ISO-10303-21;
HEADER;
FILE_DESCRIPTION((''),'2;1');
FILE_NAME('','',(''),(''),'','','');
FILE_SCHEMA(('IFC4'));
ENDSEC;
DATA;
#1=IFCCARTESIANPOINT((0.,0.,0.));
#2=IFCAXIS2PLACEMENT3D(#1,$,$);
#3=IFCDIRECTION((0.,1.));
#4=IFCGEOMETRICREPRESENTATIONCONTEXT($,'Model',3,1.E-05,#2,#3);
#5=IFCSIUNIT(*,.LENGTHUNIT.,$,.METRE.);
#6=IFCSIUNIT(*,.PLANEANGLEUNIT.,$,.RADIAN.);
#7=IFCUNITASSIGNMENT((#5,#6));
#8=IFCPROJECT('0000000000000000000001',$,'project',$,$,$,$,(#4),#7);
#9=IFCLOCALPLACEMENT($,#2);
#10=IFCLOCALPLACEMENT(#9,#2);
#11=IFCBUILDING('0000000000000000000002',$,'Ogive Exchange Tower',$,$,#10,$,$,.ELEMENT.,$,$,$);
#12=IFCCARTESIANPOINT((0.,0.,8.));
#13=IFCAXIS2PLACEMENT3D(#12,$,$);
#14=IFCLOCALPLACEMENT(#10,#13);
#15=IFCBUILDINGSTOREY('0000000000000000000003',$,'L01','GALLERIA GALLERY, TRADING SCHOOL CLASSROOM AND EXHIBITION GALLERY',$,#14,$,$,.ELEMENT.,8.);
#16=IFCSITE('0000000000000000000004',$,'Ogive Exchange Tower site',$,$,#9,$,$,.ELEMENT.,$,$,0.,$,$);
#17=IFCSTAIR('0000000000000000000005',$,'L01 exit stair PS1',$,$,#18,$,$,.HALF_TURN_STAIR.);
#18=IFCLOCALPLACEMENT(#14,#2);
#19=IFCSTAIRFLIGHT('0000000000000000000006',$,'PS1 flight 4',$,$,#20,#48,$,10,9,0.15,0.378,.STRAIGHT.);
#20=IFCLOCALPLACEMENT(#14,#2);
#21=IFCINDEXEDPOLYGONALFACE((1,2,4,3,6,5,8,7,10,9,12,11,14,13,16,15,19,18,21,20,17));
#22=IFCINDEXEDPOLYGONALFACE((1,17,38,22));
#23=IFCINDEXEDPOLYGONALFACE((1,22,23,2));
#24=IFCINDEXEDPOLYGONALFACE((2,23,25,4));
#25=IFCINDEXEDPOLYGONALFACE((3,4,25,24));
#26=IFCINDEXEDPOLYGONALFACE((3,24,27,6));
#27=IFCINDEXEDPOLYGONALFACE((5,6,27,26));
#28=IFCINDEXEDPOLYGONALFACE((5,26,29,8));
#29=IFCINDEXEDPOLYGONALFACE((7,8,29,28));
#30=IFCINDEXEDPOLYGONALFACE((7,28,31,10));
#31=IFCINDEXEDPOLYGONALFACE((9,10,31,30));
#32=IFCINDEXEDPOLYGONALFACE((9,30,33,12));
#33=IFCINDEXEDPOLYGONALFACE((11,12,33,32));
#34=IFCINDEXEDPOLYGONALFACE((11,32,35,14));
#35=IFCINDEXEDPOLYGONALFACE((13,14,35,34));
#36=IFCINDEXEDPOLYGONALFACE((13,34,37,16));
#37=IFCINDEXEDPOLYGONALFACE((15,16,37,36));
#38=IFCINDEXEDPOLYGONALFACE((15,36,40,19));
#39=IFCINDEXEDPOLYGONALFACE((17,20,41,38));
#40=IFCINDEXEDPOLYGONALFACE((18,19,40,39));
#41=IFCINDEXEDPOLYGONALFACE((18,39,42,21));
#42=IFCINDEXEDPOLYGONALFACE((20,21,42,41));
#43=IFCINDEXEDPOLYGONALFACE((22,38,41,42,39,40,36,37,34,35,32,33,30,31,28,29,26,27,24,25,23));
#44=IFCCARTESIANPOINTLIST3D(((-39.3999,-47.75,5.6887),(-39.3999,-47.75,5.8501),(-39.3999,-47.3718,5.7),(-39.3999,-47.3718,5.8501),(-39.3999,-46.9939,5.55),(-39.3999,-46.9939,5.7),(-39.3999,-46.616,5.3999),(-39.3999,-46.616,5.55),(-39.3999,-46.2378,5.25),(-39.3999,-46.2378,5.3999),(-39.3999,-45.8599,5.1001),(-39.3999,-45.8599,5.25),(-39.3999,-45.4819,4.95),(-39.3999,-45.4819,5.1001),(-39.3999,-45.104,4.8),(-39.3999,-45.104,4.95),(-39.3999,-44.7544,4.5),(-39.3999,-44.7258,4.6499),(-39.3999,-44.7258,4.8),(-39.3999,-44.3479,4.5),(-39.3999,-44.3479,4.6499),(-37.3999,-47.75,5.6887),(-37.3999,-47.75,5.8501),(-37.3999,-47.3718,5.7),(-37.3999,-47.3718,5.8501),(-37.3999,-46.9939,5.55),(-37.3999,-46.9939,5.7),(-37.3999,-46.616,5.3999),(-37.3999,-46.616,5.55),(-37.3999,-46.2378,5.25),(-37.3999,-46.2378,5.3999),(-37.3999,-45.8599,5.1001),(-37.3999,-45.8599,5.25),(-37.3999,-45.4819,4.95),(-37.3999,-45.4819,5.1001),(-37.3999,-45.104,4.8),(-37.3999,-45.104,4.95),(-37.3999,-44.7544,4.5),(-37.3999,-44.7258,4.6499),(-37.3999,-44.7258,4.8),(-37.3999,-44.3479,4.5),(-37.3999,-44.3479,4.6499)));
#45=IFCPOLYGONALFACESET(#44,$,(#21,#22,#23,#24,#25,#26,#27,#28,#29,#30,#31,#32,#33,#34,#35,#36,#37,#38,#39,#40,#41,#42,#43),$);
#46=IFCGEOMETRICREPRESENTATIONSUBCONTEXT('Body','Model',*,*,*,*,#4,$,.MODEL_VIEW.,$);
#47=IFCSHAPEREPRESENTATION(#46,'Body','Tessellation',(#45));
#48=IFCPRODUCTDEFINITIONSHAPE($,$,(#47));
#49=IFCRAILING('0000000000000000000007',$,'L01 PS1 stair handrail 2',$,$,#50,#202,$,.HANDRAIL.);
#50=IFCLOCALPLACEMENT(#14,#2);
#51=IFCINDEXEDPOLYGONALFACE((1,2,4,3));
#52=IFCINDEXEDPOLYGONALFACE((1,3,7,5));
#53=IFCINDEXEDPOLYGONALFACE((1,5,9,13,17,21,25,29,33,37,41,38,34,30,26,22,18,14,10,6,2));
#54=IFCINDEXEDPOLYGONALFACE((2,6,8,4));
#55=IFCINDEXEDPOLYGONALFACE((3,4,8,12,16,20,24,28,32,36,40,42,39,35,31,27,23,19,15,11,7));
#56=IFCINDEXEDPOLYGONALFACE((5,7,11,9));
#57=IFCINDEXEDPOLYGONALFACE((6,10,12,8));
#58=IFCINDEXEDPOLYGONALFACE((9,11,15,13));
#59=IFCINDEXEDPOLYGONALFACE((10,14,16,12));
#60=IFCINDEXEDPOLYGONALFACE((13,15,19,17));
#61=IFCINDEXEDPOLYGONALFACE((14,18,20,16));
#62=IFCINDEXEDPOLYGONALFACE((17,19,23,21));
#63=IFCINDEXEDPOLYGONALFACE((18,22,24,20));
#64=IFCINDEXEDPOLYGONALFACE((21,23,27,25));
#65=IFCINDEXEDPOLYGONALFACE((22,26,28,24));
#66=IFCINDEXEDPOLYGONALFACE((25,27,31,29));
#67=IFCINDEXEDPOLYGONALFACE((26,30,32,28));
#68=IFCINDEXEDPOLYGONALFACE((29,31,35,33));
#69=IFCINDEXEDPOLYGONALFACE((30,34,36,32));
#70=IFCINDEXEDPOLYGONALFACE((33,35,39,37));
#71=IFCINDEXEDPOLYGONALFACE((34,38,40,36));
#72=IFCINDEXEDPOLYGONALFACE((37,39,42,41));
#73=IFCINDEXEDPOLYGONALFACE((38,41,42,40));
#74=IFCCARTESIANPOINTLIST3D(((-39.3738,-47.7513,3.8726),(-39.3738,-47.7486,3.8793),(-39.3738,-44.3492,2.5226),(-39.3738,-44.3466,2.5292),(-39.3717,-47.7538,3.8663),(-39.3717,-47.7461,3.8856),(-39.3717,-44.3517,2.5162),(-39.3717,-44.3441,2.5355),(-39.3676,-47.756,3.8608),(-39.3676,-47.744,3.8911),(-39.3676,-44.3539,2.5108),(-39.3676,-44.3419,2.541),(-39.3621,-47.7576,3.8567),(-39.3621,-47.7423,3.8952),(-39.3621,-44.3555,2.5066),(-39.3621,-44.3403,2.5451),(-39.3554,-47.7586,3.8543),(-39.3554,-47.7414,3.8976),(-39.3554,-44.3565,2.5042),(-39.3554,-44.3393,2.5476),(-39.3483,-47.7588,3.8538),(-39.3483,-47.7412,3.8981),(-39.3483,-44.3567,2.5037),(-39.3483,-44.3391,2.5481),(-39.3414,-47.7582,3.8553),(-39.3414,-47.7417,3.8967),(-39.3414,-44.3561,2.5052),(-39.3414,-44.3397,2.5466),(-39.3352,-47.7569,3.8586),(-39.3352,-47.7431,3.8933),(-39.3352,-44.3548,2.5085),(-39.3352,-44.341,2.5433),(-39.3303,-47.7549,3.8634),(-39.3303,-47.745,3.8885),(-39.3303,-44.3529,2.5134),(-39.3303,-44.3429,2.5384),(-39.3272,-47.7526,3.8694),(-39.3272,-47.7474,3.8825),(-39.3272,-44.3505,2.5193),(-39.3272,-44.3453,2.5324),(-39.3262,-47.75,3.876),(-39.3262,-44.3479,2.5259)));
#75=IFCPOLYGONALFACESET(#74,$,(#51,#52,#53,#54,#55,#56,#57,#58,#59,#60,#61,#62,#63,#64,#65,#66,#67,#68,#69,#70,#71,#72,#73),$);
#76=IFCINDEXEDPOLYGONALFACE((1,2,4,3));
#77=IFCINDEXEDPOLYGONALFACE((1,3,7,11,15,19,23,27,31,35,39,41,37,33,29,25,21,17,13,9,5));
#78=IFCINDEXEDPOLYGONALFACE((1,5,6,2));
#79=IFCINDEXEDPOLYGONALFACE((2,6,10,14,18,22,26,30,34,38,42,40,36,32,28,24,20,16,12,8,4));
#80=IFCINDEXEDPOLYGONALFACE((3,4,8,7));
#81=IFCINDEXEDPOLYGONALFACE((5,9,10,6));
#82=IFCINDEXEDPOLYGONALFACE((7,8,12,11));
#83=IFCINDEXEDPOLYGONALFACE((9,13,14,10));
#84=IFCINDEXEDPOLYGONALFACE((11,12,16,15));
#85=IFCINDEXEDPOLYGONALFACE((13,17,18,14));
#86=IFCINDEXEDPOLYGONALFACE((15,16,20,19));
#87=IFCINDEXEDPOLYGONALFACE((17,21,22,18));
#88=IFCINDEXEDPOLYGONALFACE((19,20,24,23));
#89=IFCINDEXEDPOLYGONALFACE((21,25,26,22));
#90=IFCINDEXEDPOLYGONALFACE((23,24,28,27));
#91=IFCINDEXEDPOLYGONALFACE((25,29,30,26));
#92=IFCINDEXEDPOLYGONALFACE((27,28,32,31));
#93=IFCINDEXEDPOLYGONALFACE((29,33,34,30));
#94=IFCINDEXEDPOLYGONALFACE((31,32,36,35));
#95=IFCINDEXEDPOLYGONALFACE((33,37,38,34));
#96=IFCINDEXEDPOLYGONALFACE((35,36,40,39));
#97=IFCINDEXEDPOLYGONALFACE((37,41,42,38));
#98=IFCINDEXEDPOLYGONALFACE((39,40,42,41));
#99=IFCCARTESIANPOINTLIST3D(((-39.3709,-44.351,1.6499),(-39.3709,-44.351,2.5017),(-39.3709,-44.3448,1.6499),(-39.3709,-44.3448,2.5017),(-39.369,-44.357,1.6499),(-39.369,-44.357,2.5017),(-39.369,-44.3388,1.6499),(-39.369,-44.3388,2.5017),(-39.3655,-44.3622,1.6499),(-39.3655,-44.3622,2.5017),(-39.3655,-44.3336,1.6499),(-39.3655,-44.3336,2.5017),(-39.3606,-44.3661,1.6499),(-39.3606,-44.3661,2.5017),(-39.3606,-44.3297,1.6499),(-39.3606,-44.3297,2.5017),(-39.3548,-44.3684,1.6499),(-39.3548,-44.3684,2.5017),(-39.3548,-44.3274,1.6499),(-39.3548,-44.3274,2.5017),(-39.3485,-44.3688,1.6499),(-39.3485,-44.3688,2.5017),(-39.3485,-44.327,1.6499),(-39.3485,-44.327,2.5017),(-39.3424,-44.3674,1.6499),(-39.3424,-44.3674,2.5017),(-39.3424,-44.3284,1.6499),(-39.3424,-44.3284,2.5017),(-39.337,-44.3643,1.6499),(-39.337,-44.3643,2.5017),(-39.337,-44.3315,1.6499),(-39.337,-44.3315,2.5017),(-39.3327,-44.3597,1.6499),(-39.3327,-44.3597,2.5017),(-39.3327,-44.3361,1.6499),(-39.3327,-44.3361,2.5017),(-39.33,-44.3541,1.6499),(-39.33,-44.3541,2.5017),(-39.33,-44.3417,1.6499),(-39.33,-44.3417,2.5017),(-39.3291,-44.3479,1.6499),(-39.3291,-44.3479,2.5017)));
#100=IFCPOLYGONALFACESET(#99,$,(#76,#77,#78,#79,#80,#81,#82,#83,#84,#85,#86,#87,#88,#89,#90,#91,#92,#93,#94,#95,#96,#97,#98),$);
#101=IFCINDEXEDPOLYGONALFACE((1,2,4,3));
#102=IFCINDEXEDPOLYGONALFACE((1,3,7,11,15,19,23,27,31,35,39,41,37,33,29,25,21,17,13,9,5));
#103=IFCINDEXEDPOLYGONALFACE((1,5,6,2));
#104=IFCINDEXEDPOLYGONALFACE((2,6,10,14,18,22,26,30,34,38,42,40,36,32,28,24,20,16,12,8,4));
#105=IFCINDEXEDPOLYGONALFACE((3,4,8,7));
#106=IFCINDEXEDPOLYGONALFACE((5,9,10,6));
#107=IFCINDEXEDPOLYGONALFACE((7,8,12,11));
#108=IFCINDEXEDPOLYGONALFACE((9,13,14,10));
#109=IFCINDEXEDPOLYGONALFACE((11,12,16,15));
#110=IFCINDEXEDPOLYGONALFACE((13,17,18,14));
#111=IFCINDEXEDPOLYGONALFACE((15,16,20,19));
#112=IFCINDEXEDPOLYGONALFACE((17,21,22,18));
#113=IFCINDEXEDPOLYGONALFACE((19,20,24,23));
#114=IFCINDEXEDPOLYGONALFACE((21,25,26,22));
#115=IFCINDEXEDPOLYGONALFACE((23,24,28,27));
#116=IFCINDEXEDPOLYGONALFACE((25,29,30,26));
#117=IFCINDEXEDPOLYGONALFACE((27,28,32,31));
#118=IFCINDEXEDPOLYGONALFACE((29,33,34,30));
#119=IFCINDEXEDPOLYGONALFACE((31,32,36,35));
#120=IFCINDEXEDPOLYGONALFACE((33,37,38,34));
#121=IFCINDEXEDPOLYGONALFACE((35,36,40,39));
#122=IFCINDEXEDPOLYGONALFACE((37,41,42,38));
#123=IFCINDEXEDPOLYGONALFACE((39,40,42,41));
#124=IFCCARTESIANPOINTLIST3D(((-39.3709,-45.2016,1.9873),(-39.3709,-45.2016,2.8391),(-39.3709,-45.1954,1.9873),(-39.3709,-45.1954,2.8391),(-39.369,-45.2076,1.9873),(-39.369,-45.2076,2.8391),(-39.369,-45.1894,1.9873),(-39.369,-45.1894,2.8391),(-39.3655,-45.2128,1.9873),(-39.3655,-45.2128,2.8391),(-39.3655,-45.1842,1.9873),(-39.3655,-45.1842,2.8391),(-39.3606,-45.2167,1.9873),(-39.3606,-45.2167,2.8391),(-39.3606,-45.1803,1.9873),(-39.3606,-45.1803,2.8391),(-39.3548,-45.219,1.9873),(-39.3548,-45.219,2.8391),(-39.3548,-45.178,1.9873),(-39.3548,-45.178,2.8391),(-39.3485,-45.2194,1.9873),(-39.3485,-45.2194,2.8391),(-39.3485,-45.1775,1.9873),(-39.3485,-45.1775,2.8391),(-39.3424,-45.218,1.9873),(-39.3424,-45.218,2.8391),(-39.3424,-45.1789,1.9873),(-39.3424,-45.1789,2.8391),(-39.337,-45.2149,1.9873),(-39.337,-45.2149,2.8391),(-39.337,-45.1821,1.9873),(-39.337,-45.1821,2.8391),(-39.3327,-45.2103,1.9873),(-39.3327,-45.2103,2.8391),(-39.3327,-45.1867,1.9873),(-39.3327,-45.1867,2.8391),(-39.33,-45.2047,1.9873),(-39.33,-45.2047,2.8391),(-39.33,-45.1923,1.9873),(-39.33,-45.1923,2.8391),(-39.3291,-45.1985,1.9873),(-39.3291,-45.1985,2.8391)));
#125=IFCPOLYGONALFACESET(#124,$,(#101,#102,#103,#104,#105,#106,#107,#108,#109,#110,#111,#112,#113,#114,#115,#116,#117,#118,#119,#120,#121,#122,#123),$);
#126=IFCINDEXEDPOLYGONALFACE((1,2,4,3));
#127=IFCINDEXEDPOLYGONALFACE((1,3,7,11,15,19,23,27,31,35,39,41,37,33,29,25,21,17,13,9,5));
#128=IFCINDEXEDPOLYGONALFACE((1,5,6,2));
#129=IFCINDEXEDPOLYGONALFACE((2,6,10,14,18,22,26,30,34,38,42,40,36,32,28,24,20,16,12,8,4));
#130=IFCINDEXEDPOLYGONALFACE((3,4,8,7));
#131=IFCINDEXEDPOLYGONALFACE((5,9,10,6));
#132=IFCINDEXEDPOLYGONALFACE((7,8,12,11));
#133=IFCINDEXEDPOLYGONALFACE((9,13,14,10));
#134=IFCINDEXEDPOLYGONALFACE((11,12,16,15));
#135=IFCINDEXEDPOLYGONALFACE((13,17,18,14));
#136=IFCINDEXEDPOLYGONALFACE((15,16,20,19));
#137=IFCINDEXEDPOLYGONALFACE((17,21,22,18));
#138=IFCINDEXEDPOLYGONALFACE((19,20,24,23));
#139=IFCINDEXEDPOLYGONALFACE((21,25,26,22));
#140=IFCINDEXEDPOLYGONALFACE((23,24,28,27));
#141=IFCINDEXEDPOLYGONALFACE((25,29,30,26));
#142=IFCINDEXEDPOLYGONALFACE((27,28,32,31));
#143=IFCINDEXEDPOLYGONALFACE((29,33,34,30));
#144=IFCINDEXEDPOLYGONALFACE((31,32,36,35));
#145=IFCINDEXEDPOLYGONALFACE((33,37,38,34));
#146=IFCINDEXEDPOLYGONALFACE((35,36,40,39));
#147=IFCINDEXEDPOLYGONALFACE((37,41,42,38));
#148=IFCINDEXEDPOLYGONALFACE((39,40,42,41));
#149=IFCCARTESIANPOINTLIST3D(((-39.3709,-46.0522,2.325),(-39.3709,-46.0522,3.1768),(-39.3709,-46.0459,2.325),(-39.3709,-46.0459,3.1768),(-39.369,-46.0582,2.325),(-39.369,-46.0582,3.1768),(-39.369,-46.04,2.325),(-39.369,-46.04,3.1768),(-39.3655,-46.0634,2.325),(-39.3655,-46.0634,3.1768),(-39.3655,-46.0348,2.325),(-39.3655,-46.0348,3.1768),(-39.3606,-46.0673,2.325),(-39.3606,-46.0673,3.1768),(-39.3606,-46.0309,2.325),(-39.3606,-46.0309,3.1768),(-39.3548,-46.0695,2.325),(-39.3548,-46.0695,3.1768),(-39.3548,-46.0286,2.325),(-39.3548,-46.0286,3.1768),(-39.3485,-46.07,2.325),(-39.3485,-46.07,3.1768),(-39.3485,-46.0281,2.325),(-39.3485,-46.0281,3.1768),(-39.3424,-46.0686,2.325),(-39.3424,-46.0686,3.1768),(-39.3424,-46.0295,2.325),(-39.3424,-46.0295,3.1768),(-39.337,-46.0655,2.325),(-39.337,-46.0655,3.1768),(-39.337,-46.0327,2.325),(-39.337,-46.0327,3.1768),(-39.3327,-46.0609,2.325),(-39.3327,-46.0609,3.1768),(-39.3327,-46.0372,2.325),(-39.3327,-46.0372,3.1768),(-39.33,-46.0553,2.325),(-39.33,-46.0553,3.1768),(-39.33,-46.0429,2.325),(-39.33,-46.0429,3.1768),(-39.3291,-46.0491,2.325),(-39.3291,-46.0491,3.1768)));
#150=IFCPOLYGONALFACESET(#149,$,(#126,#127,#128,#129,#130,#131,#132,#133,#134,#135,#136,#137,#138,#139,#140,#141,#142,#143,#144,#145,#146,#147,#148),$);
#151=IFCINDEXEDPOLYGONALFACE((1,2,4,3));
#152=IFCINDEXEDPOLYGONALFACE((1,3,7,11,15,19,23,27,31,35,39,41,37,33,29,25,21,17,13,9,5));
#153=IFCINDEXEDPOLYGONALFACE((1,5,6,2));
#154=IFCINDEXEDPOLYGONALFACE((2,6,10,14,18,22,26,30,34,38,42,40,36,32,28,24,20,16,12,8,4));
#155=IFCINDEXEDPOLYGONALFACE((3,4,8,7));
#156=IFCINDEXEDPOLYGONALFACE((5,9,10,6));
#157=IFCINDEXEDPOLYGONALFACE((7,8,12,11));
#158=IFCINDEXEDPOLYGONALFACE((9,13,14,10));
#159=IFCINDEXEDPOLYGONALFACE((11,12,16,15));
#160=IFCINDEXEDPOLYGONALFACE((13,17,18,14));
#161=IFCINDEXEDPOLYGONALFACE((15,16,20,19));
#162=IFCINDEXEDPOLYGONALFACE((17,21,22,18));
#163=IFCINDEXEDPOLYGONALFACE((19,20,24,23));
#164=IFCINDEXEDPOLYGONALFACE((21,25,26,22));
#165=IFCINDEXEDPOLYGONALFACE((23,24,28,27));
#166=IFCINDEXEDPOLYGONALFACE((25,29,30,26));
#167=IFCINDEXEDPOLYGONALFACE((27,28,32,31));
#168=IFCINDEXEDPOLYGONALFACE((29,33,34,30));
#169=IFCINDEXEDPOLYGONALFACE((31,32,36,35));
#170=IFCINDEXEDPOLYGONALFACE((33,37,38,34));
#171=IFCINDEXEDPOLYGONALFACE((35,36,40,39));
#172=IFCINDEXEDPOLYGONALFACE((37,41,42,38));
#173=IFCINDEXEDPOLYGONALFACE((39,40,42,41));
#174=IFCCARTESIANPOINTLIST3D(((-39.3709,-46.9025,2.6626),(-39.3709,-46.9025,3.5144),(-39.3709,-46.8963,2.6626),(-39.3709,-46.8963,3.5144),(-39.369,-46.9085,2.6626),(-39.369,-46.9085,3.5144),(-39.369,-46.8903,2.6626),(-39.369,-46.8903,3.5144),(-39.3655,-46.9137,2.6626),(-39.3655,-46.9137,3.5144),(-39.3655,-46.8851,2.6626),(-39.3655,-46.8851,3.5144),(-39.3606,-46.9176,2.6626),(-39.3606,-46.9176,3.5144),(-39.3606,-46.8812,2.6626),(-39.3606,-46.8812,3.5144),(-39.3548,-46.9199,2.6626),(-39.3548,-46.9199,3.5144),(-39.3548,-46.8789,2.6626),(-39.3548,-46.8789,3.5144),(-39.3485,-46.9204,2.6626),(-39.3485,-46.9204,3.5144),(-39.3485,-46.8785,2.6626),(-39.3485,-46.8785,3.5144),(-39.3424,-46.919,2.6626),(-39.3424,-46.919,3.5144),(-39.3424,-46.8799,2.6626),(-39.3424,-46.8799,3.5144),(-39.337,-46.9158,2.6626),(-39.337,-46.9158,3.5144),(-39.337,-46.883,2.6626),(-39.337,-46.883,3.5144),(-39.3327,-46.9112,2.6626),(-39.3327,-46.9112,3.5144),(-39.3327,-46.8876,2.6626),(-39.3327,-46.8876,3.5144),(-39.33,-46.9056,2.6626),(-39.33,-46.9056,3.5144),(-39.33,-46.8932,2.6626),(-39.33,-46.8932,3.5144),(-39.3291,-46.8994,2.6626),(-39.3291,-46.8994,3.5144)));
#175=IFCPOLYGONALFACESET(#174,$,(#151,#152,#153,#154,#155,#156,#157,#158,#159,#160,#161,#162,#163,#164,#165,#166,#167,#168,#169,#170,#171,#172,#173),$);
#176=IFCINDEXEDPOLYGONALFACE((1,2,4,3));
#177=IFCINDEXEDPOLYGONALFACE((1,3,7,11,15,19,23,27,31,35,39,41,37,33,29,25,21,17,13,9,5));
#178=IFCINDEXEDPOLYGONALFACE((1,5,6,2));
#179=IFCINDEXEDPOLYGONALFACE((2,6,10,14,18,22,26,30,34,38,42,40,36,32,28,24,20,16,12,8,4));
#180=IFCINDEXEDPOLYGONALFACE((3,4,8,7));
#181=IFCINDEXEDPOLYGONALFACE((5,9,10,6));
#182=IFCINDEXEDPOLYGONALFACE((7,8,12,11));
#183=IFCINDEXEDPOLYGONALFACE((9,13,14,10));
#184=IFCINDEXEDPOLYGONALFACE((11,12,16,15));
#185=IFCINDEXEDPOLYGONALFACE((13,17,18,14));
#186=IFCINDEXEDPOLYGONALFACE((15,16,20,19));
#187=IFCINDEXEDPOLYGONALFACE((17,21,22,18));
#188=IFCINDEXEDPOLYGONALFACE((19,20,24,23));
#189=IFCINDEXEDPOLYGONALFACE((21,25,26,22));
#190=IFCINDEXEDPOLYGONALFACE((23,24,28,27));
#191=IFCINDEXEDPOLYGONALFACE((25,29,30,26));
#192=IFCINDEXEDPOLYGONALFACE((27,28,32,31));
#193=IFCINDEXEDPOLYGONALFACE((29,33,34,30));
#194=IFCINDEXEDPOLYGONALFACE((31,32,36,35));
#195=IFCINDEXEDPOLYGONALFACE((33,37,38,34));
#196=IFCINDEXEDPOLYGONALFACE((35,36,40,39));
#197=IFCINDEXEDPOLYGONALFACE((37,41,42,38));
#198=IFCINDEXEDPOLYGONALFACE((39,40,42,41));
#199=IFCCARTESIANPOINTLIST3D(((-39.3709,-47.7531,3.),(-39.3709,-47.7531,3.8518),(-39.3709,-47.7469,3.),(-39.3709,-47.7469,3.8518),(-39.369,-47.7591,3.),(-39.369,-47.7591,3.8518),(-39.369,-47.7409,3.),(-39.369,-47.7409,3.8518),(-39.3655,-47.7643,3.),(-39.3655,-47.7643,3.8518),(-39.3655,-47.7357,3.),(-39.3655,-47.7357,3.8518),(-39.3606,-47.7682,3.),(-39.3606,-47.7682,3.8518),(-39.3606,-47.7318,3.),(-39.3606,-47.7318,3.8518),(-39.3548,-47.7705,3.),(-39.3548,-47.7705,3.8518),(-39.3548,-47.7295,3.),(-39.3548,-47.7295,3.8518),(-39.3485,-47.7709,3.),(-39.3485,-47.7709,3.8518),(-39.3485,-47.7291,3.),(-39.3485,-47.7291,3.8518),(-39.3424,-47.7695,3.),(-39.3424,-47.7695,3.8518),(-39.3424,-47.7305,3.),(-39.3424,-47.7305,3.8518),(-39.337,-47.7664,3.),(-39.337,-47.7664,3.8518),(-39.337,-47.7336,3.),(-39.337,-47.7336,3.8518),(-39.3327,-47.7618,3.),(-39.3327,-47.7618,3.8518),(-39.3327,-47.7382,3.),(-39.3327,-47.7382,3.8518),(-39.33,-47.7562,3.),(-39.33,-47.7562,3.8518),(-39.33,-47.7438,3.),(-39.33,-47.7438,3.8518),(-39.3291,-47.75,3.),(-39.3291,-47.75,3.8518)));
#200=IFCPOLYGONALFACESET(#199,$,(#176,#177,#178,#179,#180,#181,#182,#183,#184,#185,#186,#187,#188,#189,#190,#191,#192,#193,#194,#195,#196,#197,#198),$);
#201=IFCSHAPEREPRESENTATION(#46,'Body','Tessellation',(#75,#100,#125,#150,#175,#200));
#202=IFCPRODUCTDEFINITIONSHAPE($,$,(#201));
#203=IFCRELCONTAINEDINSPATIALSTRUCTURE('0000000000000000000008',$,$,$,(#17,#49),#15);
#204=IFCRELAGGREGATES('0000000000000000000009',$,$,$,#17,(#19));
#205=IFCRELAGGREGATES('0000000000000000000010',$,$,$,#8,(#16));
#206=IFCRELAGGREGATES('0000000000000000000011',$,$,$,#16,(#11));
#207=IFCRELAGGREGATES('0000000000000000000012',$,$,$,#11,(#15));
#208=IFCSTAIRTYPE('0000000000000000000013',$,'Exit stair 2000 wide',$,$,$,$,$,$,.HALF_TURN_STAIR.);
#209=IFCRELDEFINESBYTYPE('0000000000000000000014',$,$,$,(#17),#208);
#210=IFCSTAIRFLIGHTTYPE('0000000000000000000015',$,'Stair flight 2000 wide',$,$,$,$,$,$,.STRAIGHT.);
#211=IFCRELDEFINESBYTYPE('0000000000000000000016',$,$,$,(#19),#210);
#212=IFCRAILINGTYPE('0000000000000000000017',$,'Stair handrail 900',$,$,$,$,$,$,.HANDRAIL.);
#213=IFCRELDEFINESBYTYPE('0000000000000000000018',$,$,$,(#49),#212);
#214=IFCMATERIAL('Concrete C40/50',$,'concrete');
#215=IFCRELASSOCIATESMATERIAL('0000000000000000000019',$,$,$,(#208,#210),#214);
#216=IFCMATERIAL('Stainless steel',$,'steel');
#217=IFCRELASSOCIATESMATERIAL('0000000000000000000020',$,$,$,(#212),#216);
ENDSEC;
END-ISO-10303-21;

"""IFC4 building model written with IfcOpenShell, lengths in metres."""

from ifc_helpers import new_model, si_unit, direction, frame, origin, origin_2d, place, context, subcontext, project, spatial, polyline, circle, outline, extrude, material, type_object, element, aggregate, save


model = new_model("IFC4")

# Units and contexts
model_context = context("Model", 3, precision=1e-05, world=origin(), true_north=direction((0.0, 1.0)))
body_context = subcontext(model_context, "Body", "Model", "MODEL_VIEW")
ifc_project = project(units=[si_unit("LENGTHUNIT", "METRE"), si_unit("PLANEANGLEUNIT", "RADIAN")], contexts=[model_context])

# Site, building, storey
site_placement = place(None, origin())
site = spatial("IfcSite", under=ifc_project, at=site_placement, Name="Ogive Exchange Tower site", CompositionType="ELEMENT", RefElevation=0.0)
building_placement = place(site_placement, origin())
building = spatial("IfcBuilding", under=site, at=building_placement, Name="Ogive Exchange Tower", CompositionType="ELEMENT")
storey_placement = place(building_placement, frame((0.0, 0.0, 8.0)))
storey = spatial("IfcBuildingStorey", under=building, at=storey_placement, Name="L01", Description="GALLERIA GALLERY, TRADING SCHOOL CLASSROOM AND EXHIBITION GALLERY", CompositionType="ELEMENT", Elevation=8.0)

# Stair, stair flight
ifc_material_1 = material(Name="Concrete C40/50", Category="concrete")
stair_type = type_object("IfcStairType", Name="Exit stair 2000 wide", PredefinedType="HALF_TURN_STAIR", material=ifc_material_1)
stair_placement = place(storey_placement, origin())
stair = element("IfcStair", 1, at=stair_placement, inside=storey, type_object=stair_type, Name="L01 exit stair PS1", PredefinedType="HALF_TURN_STAIR")
stair_flight_type = type_object("IfcStairFlightType", Name="Stair flight 2000 wide", PredefinedType="STRAIGHT", material=ifc_material_1)
stair_flight_1_placement = place(storey_placement, frame((-38.3999, -44.3479, 4.5), z_axis=(0.0, 0.0, 1.0), x_axis=(0.0, -1.0, 0.0)))
stair_flight_1 = element("IfcStairFlight", 2, at=stair_flight_1_placement, type_object=stair_flight_type, Name="PS1 flight 4", NumberOfRisers=10, NumberOfTreads=9, PredefinedType="STRAIGHT", RiserHeight=0.15, TreadLength=0.378, context=body_context, shape_type="SweptSolid", body=[
    extrude(outline(polyline([(0.0, 0.0), (0.0, 0.1499), (0.3779, 0.1499), (0.3779, 0.3), (0.7561, 0.3), (0.7561, 0.45), (1.134, 0.45), (1.134, 0.6001), (1.512, 0.6001), (1.512, 0.75), (1.8899, 0.75), (1.8899, 0.8999), (2.2681, 0.8999), (2.2681, 1.05), (2.646, 1.05), (2.646, 1.2), (3.0239, 1.2), (3.0239, 1.3501), (3.4021, 1.3501), (3.4021, 1.5), (3.4021, 1.1887), (0.4065, 0.0), (0.0, 0.0)])), frame((0.0, 1.0, 0.0), z_axis=(0.0, -1.0, 0.0), x_axis=(1.0, 0.0, 0.0)), (0.0, 0.0, 1.0), 2.0),
])
aggregate(stair, [stair_flight_1])

# Railing
ifc_material_2 = material(Name="Stainless steel", Category="steel")
railing_type = type_object("IfcRailingType", Name="Stair handrail 900", PredefinedType="HANDRAIL", material=ifc_material_2)
for number, where, name in (
    (3, (-39.3501, -44.3479, 1.6499), "L01 PS1 stair handrail 2"),
):
    element("IfcRailing", number, at=place(storey_placement, frame(where)), inside=storey, type_object=railing_type, Name=name, PredefinedType="HANDRAIL", context=body_context, shape_type="SweptSolid", body=[
        extrude(circle(Radius=0.0239, at=origin_2d()), frame((0.0, 0.0, 0.876), z_axis=(0.0, -0.929485, 0.368859), x_axis=(1.0, 0.0, 0.0)), (0.0, 0.0, 1.0), 3.6602),
        extrude(circle(Radius=0.021, at=origin_2d()), origin(), (0.0, 0.0, 1.0), 0.8518),
        extrude(circle(Radius=0.021, at=origin_2d()), frame((0.0, -0.8506, 0.3374)), (0.0, 0.0, 1.0), 0.8518),
        extrude(circle(Radius=0.021, at=origin_2d()), frame((0.0, -1.7012, 0.675)), (0.0, 0.0, 1.0), 0.8518),
        extrude(circle(Radius=0.021, at=origin_2d()), frame((0.0, -2.5515, 1.0127)), (0.0, 0.0, 1.0), 0.8518),
        extrude(circle(Radius=0.021, at=origin_2d()), frame((0.0, -3.4021, 1.3501)), (0.0, 0.0, 1.0), 0.8518),
    ])

save(model, "model.ifc")
